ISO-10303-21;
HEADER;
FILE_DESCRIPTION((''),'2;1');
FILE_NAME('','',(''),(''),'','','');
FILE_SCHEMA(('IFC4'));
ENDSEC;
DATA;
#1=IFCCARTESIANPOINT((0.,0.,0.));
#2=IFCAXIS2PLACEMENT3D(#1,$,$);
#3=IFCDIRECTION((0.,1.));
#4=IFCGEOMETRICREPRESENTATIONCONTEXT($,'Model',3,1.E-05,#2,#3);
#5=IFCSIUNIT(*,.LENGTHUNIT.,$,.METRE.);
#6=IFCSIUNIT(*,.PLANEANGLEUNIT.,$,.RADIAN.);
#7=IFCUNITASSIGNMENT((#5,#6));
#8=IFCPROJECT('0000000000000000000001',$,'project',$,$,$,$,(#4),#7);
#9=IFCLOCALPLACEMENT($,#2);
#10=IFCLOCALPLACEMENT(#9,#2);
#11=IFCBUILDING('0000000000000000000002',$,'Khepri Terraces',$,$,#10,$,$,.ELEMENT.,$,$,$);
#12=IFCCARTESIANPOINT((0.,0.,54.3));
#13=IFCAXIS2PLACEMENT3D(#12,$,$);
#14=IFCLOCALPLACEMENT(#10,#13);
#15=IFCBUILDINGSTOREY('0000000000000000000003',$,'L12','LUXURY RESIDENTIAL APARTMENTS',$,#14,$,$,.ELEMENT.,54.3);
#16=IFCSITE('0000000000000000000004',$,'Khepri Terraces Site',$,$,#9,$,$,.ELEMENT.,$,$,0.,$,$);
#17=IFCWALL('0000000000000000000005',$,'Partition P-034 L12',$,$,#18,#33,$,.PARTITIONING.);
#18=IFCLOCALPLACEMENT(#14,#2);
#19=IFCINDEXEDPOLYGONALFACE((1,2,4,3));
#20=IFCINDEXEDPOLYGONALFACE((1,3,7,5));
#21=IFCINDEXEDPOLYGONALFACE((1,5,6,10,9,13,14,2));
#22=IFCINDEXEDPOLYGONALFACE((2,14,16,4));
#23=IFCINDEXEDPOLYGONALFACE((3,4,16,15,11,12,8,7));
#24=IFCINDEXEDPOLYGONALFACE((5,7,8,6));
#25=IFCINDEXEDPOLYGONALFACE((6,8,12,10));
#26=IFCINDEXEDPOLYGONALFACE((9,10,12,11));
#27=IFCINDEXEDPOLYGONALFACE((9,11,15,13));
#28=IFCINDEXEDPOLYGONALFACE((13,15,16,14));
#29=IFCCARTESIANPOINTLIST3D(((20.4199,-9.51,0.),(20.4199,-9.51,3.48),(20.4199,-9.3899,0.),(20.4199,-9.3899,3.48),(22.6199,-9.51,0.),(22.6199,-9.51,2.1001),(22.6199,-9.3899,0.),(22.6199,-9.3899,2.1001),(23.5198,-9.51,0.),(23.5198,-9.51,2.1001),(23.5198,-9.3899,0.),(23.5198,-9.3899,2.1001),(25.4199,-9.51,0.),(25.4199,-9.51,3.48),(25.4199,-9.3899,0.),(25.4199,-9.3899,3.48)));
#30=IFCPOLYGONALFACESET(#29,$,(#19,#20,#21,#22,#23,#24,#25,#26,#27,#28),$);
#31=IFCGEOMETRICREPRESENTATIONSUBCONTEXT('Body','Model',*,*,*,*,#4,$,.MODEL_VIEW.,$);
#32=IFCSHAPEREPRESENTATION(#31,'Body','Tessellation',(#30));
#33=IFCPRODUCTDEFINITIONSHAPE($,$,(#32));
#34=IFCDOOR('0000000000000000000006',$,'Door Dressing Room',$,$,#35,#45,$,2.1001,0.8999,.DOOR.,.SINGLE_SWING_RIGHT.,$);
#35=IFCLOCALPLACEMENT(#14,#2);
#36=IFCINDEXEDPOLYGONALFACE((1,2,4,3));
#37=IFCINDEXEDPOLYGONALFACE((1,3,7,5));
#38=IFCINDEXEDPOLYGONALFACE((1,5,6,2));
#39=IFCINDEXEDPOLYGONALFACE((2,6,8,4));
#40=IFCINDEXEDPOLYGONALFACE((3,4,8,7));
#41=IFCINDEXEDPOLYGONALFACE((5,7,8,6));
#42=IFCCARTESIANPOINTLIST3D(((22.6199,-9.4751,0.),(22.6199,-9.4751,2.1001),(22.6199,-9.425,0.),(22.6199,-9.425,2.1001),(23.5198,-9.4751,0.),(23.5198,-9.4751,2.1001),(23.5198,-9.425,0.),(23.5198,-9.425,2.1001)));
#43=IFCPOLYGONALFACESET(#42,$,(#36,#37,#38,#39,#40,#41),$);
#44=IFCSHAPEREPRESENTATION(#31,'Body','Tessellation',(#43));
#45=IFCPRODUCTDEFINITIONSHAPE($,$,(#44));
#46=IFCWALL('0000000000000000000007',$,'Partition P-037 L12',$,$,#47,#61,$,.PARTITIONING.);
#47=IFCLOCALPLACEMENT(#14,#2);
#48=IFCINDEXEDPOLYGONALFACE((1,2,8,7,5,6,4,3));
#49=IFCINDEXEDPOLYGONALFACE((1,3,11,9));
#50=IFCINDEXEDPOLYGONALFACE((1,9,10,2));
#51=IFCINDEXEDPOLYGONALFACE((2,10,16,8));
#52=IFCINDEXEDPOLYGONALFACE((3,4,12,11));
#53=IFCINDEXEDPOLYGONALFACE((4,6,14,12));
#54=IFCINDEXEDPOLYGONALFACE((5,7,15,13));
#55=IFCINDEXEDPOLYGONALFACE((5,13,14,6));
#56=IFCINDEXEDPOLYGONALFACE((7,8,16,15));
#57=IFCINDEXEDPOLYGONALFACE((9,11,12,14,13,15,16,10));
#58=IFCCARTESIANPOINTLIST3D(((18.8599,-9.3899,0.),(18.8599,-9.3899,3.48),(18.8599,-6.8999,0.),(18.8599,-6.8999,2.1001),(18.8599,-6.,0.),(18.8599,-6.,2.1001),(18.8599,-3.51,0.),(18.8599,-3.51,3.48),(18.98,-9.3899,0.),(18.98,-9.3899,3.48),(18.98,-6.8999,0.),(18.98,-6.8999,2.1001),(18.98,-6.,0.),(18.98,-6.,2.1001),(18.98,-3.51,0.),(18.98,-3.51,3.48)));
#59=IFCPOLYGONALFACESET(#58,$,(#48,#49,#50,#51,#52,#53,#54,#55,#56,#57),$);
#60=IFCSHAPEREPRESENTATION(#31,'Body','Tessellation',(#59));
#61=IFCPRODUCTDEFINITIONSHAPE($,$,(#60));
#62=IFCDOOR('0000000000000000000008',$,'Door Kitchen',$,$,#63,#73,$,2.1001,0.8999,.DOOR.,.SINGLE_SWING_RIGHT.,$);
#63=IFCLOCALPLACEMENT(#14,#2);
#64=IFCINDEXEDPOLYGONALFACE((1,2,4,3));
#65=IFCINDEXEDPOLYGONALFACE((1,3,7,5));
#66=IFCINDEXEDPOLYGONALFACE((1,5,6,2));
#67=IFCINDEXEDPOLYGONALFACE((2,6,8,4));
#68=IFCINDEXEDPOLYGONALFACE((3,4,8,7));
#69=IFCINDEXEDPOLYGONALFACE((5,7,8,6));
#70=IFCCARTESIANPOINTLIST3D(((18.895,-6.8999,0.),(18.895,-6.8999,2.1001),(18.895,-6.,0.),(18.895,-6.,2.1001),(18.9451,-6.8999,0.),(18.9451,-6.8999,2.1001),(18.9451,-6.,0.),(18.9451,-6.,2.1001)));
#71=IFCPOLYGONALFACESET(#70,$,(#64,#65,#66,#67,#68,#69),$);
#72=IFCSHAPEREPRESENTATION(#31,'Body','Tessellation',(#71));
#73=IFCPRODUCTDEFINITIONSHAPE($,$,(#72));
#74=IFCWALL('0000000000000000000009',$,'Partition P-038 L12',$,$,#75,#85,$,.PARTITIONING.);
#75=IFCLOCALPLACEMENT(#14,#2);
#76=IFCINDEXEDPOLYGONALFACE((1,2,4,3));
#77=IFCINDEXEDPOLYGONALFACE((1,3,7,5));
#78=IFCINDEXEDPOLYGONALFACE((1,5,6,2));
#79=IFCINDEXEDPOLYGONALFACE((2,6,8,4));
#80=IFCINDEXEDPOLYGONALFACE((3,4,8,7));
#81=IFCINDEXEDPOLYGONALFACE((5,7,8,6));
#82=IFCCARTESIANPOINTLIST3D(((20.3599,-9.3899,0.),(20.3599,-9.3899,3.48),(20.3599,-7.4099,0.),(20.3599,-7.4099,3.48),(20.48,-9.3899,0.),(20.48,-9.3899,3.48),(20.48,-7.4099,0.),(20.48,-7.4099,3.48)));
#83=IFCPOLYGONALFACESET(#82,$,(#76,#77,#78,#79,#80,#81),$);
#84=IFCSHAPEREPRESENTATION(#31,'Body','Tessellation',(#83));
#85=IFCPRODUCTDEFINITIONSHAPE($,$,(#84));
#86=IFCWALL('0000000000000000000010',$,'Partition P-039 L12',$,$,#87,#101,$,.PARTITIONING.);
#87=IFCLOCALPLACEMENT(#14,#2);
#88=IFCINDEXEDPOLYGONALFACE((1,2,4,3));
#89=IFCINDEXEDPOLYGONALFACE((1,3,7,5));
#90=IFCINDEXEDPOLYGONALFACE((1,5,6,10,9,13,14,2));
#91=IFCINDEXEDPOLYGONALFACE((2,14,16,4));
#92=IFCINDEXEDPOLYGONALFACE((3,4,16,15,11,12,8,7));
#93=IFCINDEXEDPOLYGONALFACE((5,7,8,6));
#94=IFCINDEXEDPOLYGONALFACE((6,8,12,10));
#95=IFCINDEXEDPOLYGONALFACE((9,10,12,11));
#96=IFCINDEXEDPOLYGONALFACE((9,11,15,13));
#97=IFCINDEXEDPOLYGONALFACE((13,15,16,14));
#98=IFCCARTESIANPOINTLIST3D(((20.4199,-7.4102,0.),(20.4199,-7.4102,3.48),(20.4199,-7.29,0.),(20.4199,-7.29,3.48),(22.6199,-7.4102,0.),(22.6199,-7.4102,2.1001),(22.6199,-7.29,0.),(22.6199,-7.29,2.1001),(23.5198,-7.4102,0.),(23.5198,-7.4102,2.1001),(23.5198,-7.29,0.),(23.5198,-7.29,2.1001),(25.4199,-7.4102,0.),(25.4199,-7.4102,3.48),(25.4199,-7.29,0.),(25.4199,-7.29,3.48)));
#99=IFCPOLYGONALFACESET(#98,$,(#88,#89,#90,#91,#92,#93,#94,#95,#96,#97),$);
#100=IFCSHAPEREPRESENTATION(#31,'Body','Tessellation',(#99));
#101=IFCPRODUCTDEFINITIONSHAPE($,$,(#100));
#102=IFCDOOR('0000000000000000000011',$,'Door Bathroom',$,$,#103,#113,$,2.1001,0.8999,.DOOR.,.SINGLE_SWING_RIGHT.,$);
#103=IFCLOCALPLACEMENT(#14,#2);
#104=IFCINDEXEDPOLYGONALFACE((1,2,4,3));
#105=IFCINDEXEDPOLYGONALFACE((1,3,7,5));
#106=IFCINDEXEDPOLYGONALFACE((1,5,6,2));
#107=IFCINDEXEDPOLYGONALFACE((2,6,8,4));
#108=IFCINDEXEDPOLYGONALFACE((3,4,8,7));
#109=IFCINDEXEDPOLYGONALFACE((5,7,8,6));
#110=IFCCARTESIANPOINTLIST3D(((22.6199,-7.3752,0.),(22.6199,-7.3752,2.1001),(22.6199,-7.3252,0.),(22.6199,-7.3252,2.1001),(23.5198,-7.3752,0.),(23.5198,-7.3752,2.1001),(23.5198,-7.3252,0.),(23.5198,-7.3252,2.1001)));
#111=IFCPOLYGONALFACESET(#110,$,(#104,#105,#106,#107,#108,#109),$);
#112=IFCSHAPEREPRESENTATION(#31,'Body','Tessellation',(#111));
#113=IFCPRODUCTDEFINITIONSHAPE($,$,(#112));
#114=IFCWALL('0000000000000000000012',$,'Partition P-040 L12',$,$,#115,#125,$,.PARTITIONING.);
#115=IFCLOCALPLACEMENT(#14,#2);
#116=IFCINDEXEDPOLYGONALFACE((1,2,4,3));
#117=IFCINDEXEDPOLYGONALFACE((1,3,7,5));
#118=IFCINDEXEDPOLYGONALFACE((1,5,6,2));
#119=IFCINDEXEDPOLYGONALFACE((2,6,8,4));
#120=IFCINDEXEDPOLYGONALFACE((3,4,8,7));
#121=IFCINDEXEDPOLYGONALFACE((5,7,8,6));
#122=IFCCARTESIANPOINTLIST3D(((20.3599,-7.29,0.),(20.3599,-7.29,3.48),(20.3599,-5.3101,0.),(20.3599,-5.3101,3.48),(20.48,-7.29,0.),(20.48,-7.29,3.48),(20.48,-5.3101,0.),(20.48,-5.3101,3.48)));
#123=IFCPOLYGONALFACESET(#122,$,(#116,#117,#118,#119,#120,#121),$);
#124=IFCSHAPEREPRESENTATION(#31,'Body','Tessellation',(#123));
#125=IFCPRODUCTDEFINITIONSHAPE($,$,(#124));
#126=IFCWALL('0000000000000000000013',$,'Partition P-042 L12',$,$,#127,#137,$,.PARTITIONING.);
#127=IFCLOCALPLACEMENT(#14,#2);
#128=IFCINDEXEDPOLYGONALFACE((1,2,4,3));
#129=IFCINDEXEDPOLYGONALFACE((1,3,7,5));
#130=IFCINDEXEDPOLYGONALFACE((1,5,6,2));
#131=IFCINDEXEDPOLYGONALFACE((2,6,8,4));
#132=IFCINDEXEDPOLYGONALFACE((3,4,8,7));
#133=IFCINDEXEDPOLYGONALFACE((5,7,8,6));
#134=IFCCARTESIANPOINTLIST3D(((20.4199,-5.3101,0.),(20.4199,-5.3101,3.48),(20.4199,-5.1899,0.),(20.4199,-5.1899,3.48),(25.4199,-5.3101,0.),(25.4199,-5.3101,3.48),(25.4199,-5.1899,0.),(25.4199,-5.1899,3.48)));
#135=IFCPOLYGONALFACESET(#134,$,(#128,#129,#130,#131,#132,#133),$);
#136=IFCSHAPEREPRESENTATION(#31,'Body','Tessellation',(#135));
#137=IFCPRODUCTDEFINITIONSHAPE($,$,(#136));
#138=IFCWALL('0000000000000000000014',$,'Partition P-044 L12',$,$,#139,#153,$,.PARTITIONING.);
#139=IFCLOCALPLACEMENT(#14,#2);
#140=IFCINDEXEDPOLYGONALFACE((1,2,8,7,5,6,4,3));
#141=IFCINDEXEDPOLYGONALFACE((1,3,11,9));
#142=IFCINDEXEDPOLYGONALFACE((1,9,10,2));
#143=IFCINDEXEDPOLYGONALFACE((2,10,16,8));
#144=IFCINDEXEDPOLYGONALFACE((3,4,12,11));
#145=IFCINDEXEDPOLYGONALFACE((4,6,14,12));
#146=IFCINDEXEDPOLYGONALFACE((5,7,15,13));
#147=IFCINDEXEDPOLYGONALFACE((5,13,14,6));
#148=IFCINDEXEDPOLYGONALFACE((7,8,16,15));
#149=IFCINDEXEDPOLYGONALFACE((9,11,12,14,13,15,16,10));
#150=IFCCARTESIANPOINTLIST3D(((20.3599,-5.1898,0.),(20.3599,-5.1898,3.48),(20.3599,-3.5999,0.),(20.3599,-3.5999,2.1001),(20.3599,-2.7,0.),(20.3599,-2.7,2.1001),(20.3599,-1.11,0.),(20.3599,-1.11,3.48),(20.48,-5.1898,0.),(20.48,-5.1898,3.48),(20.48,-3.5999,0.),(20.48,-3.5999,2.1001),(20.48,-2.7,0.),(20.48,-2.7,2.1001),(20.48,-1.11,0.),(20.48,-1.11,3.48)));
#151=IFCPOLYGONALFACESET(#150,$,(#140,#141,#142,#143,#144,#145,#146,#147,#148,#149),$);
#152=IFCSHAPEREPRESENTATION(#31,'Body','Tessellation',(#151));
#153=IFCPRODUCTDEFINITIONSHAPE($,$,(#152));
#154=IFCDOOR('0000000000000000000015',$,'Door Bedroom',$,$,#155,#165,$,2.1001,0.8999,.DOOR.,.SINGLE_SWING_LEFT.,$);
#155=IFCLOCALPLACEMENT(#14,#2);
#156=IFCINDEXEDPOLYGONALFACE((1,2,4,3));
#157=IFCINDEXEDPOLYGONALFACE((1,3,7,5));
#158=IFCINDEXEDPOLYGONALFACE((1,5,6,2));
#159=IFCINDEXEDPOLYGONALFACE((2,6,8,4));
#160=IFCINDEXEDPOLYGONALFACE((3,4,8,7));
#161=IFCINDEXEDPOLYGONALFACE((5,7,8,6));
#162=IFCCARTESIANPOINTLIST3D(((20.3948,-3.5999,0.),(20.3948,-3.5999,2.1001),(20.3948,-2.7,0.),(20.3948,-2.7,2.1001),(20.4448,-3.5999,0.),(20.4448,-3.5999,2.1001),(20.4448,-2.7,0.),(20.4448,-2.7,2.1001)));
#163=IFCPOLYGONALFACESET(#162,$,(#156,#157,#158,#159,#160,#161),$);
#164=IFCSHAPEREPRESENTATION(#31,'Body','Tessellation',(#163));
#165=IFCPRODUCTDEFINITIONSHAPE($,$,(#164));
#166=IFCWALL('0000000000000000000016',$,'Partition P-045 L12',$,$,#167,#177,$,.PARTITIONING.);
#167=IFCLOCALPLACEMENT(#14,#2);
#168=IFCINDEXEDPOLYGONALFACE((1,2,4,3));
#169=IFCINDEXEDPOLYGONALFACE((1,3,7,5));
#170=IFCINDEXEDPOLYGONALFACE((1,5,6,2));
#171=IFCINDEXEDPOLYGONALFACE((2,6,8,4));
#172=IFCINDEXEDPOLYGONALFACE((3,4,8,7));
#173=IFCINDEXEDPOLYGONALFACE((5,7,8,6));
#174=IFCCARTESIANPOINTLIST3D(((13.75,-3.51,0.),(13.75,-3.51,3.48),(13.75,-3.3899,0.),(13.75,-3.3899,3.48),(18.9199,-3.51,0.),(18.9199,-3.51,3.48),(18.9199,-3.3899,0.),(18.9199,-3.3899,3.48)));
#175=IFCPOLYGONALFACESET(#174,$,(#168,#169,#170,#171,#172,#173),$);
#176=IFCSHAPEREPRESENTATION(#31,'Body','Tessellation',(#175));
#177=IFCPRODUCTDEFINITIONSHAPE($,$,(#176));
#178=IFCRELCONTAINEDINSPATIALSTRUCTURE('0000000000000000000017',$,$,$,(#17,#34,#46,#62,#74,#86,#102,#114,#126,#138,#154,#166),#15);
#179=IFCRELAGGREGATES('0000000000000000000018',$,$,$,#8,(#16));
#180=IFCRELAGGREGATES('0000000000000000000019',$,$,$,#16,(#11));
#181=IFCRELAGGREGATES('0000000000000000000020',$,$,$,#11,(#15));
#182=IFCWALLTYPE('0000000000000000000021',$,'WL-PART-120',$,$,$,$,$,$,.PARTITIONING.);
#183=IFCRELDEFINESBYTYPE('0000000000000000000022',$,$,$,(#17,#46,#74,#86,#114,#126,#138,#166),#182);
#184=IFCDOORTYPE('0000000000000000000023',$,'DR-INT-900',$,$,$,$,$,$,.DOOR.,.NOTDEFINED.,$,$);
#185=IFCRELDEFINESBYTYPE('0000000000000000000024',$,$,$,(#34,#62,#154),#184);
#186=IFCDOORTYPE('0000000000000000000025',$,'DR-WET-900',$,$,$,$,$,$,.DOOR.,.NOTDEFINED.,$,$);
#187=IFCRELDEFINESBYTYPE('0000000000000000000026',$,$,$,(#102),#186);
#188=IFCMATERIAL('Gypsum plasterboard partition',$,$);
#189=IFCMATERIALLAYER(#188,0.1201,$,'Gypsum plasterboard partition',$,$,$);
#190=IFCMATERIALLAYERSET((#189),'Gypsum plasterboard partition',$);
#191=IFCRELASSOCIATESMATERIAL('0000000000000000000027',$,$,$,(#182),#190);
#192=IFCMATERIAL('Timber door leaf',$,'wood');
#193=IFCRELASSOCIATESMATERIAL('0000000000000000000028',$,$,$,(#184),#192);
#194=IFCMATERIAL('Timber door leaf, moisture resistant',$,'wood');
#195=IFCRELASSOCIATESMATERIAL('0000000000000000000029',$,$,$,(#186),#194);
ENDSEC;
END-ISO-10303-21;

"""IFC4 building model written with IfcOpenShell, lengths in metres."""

from ifc_helpers import new_model, si_unit, direction, frame, frame_2d, origin, place, context, subcontext, project, spatial, rectangle, extrude, material, layer, layer_set, type_object, element, fill, save


model = new_model("IFC4")

# Units and contexts
model_context = context("Model", 3, precision=1e-05, world=origin(), true_north=direction((0.0, 1.0)))
body_context = subcontext(model_context, "Body", "Model", "MODEL_VIEW")
ifc_project = project(units=[si_unit("LENGTHUNIT", "METRE"), si_unit("PLANEANGLEUNIT", "RADIAN")], contexts=[model_context])

# Site, building, storey
site_placement = place(None, origin())
site = spatial("IfcSite", under=ifc_project, at=site_placement, Name="Khepri Terraces Site", CompositionType="ELEMENT", RefElevation=0.0)
building_placement = place(site_placement, origin())
building = spatial("IfcBuilding", under=site, at=building_placement, Name="Khepri Terraces", CompositionType="ELEMENT")
storey_placement = place(building_placement, frame((0.0, 0.0, 54.3)))
storey = spatial("IfcBuildingStorey", under=building, at=storey_placement, Name="L12", Description="LUXURY RESIDENTIAL APARTMENTS", CompositionType="ELEMENT", Elevation=54.3)

# Shared definitions
ifc_material_1 = material(Name="Gypsum plasterboard partition")
ifc_layer_1 = layer(ifc_material_1, 0.1201, Name="Gypsum plasterboard partition")
ifc_layer_set_1 = layer_set([ifc_layer_1], Name="Gypsum plasterboard partition")
wall_type_1 = type_object("IfcWallType", Name="WL-PART-120", PredefinedType="PARTITIONING", material=ifc_layer_set_1)
ifc_material_2 = material(Name="Timber door leaf", Category="wood")
door_type_1 = type_object("IfcDoorType", Name="DR-INT-900", OperationType="NOTDEFINED", PredefinedType="DOOR", material=ifc_material_2)

# Walls, openings, doors
wall_1_placement = place(storey_placement, frame((20.4199, -9.45, 0.0), z_axis=(0.0, 0.0, 1.0), x_axis=(1.0, 0.0, 0.0)))
wall_1 = element("IfcWall", 1, at=wall_1_placement, inside=storey, type_object=wall_type_1, Name="Partition P-034 L12", PredefinedType="PARTITIONING", context=body_context, shape_type="SweptSolid", body=[
    extrude(rectangle(XDim=5.0, YDim=0.1201, at=frame_2d((2.5, 0.0))), origin(), (0.0, 0.0, 1.0), 3.48),
])
opening_1_placement = place(wall_1_placement, frame((2.2, 0.0, 0.0)))
opening_1 = element("IfcOpeningElement", 2, at=opening_1_placement, cuts=wall_1, PredefinedType="OPENING", context=body_context, shape_type="SweptSolid", body=[
    extrude(rectangle(XDim=0.8999, YDim=2.1001, at=frame_2d((0.45, 1.05))), frame((0.0, 0.0701, 0.0), z_axis=(0.0, -1.0, 0.0), x_axis=(1.0, 0.0, 0.0)), (0.0, 0.0, 1.0), 0.1401),
])
door_1_placement = place(opening_1_placement, origin())
door_1 = element("IfcDoor", 3, at=door_1_placement, inside=storey, type_object=door_type_1, Name="Door Dressing Room", OperationType="SINGLE_SWING_RIGHT", OverallHeight=2.1001, OverallWidth=0.8999, PredefinedType="DOOR", context=body_context, shape_type="SweptSolid", body=[
    extrude(rectangle(XDim=0.8999, YDim=2.1001, at=frame_2d((0.45, 1.05))), frame((0.0, 0.0249, 0.0), z_axis=(0.0, -1.0, 0.0), x_axis=(1.0, 0.0, 0.0)), (0.0, 0.0, 1.0), 0.05),
])
fill(opening_1, door_1)
wall_2_placement = place(storey_placement, frame((18.9199, -9.3899, 0.0), z_axis=(0.0, 0.0, 1.0), x_axis=(0.0, 1.0, 0.0)))
wall_2 = element("IfcWall", 4, at=wall_2_placement, inside=storey, type_object=wall_type_1, Name="Partition P-037 L12", PredefinedType="PARTITIONING", context=body_context, shape_type="SweptSolid", body=[
    extrude(rectangle(XDim=5.8799, YDim=0.1201, at=frame_2d((2.9399, 0.0))), origin(), (0.0, 0.0, 1.0), 3.48),
])
opening_2_placement = place(wall_2_placement, frame((2.49, 0.0, 0.0)))
opening_2 = element("IfcOpeningElement", 5, at=opening_2_placement, cuts=wall_2, PredefinedType="OPENING", context=body_context, shape_type="SweptSolid", body=[
    extrude(rectangle(XDim=0.8999, YDim=2.1001, at=frame_2d((0.45, 1.05))), frame((0.0, 0.0701, 0.0), z_axis=(0.0, -1.0, 0.0), x_axis=(1.0, 0.0, 0.0)), (0.0, 0.0, 1.0), 0.1401),
])
door_2_placement = place(opening_2_placement, origin())
door_2 = element("IfcDoor", 6, at=door_2_placement, inside=storey, type_object=door_type_1, Name="Door Kitchen", OperationType="SINGLE_SWING_RIGHT", OverallHeight=2.1001, OverallWidth=0.8999, PredefinedType="DOOR", context=body_context, shape_type="SweptSolid", body=[
    extrude(rectangle(XDim=0.8999, YDim=2.1001, at=frame_2d((0.45, 1.05))), frame((0.0, 0.0249, 0.0), z_axis=(0.0, -1.0, 0.0), x_axis=(1.0, 0.0, 0.0)), (0.0, 0.0, 1.0), 0.05),
])
fill(opening_2, door_2)

# Wall
wall_3_placement = place(storey_placement, frame((20.4199, -9.3899, 0.0), z_axis=(0.0, 0.0, 1.0), x_axis=(0.0, 1.0, 0.0)))
element("IfcWall", 7, at=wall_3_placement, inside=storey, type_object=wall_type_1, Name="Partition P-038 L12", PredefinedType="PARTITIONING", context=body_context, shape_type="SweptSolid", body=[
    extrude(rectangle(XDim=1.98, YDim=0.1201, at=frame_2d((0.99, 0.0))), origin(), (0.0, 0.0, 1.0), 3.48),
])

# Wall, opening, door
wall_4_placement = place(storey_placement, frame((20.4199, -7.3501, 0.0), z_axis=(0.0, 0.0, 1.0), x_axis=(1.0, 0.0, 0.0)))
wall_4 = element("IfcWall", 8, at=wall_4_placement, inside=storey, type_object=wall_type_1, Name="Partition P-039 L12", PredefinedType="PARTITIONING", context=body_context, shape_type="SweptSolid", body=[
    extrude(rectangle(XDim=5.0, YDim=0.1201, at=frame_2d((2.5, 0.0))), origin(), (0.0, 0.0, 1.0), 3.48),
])
opening_3_placement = place(wall_4_placement, frame((2.2, 0.0, 0.0)))
opening_3 = element("IfcOpeningElement", 9, at=opening_3_placement, cuts=wall_4, PredefinedType="OPENING", context=body_context, shape_type="SweptSolid", body=[
    extrude(rectangle(XDim=0.8999, YDim=2.1001, at=frame_2d((0.45, 1.05))), frame((0.0, 0.0701, 0.0), z_axis=(0.0, -1.0, 0.0), x_axis=(1.0, 0.0, 0.0)), (0.0, 0.0, 1.0), 0.1401),
])
ifc_material_3 = material(Name="Timber door leaf, moisture resistant", Category="wood")
door_type_2 = type_object("IfcDoorType", Name="DR-WET-900", OperationType="NOTDEFINED", PredefinedType="DOOR", material=ifc_material_3)
door_3_placement = place(opening_3_placement, origin())
door_3 = element("IfcDoor", 10, at=door_3_placement, inside=storey, type_object=door_type_2, Name="Door Bathroom", OperationType="SINGLE_SWING_RIGHT", OverallHeight=2.1001, OverallWidth=0.8999, PredefinedType="DOOR", context=body_context, shape_type="SweptSolid", body=[
    extrude(rectangle(XDim=0.8999, YDim=2.1001, at=frame_2d((0.45, 1.05))), frame((0.0, 0.0249, 0.0), z_axis=(0.0, -1.0, 0.0), x_axis=(1.0, 0.0, 0.0)), (0.0, 0.0, 1.0), 0.05),
])
fill(opening_3, door_3)

# Walls
wall_5_placement = place(storey_placement, frame((20.4199, -7.29, 0.0), z_axis=(0.0, 0.0, 1.0), x_axis=(0.0, 1.0, 0.0)))
element("IfcWall", 11, at=wall_5_placement, inside=storey, type_object=wall_type_1, Name="Partition P-040 L12", PredefinedType="PARTITIONING", context=body_context, shape_type="SweptSolid", body=[
    extrude(rectangle(XDim=1.98, YDim=0.1201, at=frame_2d((0.99, 0.0))), origin(), (0.0, 0.0, 1.0), 3.48),
])
wall_6_placement = place(storey_placement, frame((20.4199, -5.25, 0.0), z_axis=(0.0, 0.0, 1.0), x_axis=(1.0, 0.0, 0.0)))
element("IfcWall", 12, at=wall_6_placement, inside=storey, type_object=wall_type_1, Name="Partition P-042 L12", PredefinedType="PARTITIONING", context=body_context, shape_type="SweptSolid", body=[
    extrude(rectangle(XDim=5.0, YDim=0.1201, at=frame_2d((2.5, 0.0))), origin(), (0.0, 0.0, 1.0), 3.48),
])

# Wall, opening, door
wall_7_placement = place(storey_placement, frame((20.4199, -5.1899, 0.0), z_axis=(0.0, 0.0, 1.0), x_axis=(0.0, 1.0, 0.0)))
wall_7 = element("IfcWall", 13, at=wall_7_placement, inside=storey, type_object=wall_type_1, Name="Partition P-044 L12", PredefinedType="PARTITIONING", context=body_context, shape_type="SweptSolid", body=[
    extrude(rectangle(XDim=4.0798, YDim=0.1201, at=frame_2d((2.04, 0.0))), origin(), (0.0, 0.0, 1.0), 3.48),
])
opening_4_placement = place(wall_7_placement, frame((1.5901, 0.0, 0.0)))
opening_4 = element("IfcOpeningElement", 14, at=opening_4_placement, cuts=wall_7, PredefinedType="OPENING", context=body_context, shape_type="SweptSolid", body=[
    extrude(rectangle(XDim=0.8999, YDim=2.1001, at=frame_2d((0.45, 1.05))), frame((0.0, 0.0701, 0.0), z_axis=(0.0, -1.0, 0.0), x_axis=(1.0, 0.0, 0.0)), (0.0, 0.0, 1.0), 0.1401),
])
door_4_placement = place(opening_4_placement, frame((0.8999, 0.0, 0.0), z_axis=(0.0, 0.0, 1.0), x_axis=(-1.0, 0.0, 0.0)))
door_4 = element("IfcDoor", 15, at=door_4_placement, inside=storey, type_object=door_type_1, Name="Door Bedroom", OperationType="SINGLE_SWING_LEFT", OverallHeight=2.1001, OverallWidth=0.8999, PredefinedType="DOOR", context=body_context, shape_type="SweptSolid", body=[
    extrude(rectangle(XDim=0.8999, YDim=2.1001, at=frame_2d((0.45, 1.05))), frame((0.0, 0.0249, 0.0), z_axis=(0.0, -1.0, 0.0), x_axis=(1.0, 0.0, 0.0)), (0.0, 0.0, 1.0), 0.05),
])
fill(opening_4, door_4)

# Wall
wall_8_placement = place(storey_placement, frame((13.75, -3.45, 0.0), z_axis=(0.0, 0.0, 1.0), x_axis=(1.0, 0.0, 0.0)))
element("IfcWall", 16, at=wall_8_placement, inside=storey, type_object=wall_type_1, Name="Partition P-045 L12", PredefinedType="PARTITIONING", context=body_context, shape_type="SweptSolid", body=[
    extrude(rectangle(XDim=5.1699, YDim=0.1201, at=frame_2d((2.585, 0.0))), origin(), (0.0, 0.0, 1.0), 3.48),
])

save(model, "model.ifc")
